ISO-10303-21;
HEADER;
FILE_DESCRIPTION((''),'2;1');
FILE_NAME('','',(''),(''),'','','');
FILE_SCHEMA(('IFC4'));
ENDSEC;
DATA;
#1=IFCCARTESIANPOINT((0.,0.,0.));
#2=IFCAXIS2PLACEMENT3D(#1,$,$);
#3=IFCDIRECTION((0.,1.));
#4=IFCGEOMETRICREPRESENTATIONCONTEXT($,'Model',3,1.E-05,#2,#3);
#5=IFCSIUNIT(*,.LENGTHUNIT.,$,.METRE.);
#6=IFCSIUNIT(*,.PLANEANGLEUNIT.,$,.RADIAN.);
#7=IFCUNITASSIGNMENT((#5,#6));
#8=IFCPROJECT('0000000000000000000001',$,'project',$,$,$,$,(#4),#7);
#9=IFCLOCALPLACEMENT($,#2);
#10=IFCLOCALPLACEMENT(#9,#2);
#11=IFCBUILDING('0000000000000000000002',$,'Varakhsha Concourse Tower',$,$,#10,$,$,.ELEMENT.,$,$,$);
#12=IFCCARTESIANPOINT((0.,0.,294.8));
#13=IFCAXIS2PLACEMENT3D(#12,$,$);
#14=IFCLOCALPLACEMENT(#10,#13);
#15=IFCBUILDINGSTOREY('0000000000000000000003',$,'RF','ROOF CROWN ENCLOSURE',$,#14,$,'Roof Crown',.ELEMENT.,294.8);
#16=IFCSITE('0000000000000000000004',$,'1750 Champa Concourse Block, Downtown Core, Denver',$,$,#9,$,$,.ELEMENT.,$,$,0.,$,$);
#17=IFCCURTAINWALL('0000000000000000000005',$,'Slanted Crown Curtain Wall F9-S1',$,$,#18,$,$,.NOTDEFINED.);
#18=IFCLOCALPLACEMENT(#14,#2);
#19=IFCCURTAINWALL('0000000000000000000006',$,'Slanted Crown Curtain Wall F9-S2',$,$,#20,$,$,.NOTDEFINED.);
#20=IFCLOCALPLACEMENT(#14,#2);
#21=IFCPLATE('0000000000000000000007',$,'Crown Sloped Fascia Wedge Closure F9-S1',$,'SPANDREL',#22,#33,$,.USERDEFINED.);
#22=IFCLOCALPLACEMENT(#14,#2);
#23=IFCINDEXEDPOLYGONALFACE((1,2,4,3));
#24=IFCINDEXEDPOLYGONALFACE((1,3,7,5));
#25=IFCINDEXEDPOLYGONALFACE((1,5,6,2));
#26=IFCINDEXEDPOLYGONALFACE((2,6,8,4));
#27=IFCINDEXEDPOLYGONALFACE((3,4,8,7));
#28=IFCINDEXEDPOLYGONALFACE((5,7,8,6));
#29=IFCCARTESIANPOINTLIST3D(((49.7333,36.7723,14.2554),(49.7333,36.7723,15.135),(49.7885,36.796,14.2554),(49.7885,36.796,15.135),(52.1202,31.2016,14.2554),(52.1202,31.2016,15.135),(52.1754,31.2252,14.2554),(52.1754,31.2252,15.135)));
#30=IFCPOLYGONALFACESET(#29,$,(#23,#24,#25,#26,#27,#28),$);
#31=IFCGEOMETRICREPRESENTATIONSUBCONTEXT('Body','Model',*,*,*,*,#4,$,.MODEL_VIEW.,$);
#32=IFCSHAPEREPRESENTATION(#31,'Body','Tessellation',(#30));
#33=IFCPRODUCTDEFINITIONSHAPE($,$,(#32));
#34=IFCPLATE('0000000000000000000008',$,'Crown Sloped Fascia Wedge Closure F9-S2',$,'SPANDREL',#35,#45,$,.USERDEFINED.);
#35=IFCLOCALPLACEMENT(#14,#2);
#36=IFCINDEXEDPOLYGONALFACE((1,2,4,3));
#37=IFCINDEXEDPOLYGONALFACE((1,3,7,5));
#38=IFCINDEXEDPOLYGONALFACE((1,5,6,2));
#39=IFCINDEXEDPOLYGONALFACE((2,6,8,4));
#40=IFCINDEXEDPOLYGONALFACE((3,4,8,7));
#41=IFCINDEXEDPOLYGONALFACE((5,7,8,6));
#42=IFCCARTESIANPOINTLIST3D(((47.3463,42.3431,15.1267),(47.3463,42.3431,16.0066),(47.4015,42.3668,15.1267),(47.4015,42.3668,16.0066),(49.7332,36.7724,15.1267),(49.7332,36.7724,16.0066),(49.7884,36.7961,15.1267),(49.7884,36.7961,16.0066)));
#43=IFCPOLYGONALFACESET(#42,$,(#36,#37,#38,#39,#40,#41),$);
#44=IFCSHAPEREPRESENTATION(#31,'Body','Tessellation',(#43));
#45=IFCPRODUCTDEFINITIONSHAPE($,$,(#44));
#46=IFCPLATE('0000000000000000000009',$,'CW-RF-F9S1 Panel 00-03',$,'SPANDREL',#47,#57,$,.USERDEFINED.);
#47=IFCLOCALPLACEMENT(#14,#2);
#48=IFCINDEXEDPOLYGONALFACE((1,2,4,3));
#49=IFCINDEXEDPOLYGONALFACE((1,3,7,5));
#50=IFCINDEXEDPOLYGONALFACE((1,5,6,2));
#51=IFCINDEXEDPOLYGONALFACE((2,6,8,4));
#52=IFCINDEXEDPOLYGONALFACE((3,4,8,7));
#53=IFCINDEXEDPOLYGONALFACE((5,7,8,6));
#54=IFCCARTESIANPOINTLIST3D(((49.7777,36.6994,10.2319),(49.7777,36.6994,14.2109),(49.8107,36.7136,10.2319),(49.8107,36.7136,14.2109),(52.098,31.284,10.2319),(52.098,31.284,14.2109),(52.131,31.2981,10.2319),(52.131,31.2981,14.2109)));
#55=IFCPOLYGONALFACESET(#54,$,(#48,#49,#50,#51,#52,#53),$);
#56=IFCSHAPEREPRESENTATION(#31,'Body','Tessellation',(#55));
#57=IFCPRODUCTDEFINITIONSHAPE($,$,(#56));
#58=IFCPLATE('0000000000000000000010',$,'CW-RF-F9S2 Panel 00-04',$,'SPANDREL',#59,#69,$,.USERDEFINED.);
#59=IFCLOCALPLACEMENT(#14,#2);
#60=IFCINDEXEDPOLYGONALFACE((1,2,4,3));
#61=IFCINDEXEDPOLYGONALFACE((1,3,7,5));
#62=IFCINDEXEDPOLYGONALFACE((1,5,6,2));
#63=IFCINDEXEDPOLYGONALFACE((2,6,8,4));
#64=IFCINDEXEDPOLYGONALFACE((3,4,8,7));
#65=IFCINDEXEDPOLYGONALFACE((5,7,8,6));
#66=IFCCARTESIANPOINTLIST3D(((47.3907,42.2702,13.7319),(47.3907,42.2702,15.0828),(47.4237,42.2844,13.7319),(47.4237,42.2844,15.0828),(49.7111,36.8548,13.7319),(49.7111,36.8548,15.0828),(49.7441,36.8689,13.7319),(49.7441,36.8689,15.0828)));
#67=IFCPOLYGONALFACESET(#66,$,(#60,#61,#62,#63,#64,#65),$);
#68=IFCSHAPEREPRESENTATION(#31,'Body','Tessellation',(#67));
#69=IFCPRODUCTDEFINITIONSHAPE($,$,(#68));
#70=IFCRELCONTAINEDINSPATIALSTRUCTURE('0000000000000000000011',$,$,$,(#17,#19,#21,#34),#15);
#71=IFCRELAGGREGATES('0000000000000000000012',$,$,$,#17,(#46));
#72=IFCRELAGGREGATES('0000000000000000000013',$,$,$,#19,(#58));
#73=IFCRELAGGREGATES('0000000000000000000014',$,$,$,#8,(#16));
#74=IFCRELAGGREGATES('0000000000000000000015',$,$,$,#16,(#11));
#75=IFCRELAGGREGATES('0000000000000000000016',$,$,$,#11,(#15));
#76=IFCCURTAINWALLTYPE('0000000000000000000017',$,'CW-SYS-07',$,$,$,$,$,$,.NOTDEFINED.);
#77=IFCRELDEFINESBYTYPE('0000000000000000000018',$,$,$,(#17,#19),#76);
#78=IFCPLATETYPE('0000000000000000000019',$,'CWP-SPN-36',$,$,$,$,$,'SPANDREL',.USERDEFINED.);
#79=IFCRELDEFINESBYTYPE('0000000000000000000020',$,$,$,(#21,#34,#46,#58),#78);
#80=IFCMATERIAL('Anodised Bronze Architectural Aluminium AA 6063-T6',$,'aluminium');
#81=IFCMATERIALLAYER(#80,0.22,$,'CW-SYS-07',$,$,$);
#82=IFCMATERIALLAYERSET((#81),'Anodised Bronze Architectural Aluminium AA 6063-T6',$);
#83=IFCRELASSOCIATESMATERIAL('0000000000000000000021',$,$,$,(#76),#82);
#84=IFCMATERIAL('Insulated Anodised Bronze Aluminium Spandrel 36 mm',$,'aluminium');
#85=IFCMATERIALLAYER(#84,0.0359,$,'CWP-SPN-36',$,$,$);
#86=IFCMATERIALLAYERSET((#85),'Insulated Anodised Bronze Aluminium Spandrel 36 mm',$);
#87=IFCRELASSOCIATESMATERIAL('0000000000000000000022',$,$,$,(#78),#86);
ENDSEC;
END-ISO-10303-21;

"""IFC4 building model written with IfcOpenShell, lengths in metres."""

from ifc_helpers import new_model, si_unit, direction, frame, origin, origin_2d, place, context, subcontext, project, spatial, rectangle, extrude, source, transform, mapped, material, layer, layer_set, type_object, element, aggregate, save


model = new_model("IFC4")

# Units and contexts
model_context = context("Model", 3, precision=1e-05, world=origin(), true_north=direction((0.0, 1.0)))
body_context = subcontext(model_context, "Body", "Model", "MODEL_VIEW")
ifc_project = project(units=[si_unit("LENGTHUNIT", "METRE"), si_unit("PLANEANGLEUNIT", "RADIAN")], contexts=[model_context])

# Site, building, storey
site_placement = place(None, origin())
site = spatial("IfcSite", under=ifc_project, at=site_placement, Name="1750 Champa Concourse Block, Downtown Core, Denver", CompositionType="ELEMENT", RefElevation=0.0)
building_placement = place(site_placement, origin())
building = spatial("IfcBuilding", under=site, at=building_placement, Name="Varakhsha Concourse Tower", CompositionType="ELEMENT")
storey_placement = place(building_placement, frame((0.0, 0.0, 294.8)))
storey = spatial("IfcBuildingStorey", under=building, at=storey_placement, Name="RF", Description="ROOF CROWN ENCLOSURE", LongName="Roof Crown", CompositionType="ELEMENT", Elevation=294.8)

# Curtain wall
ifc_material_1 = material(Name="Anodised Bronze Architectural Aluminium AA 6063-T6", Category="aluminium")
ifc_layer_1 = layer(ifc_material_1, 0.22, Name="CW-SYS-07")
ifc_layer_set_1 = layer_set([ifc_layer_1], Name="Anodised Bronze Architectural Aluminium AA 6063-T6")
curtain_wall_type = type_object("IfcCurtainWallType", Name="CW-SYS-07", PredefinedType="NOTDEFINED", material=ifc_layer_set_1)
curtain_wall_1_placement = place(storey_placement, origin())
curtain_wall_1 = element("IfcCurtainWall", 1, at=curtain_wall_1_placement, inside=storey, type_object=curtain_wall_type, Name="Slanted Crown Curtain Wall F9-S1", PredefinedType="NOTDEFINED")

# Curtain wall
curtain_wall_2_placement = place(storey_placement, origin())
curtain_wall_2 = element("IfcCurtainWall", 2, at=curtain_wall_2_placement, inside=storey, type_object=curtain_wall_type, Name="Slanted Crown Curtain Wall F9-S2", PredefinedType="NOTDEFINED")

# Shared definitions
ifc_material_2 = material(Name="Insulated Anodised Bronze Aluminium Spandrel 36 mm", Category="aluminium")
ifc_layer_2 = layer(ifc_material_2, 0.0359, Name="CWP-SPN-36")
ifc_layer_set_2 = layer_set([ifc_layer_2], Name="Insulated Anodised Bronze Aluminium Spandrel 36 mm")
plate_type_1 = type_object("IfcPlateType", Name="CWP-SPN-36", ElementType="SPANDREL", PredefinedType="USERDEFINED", material=ifc_layer_set_2)

# Plates
shared_shape_1 = source(origin(), body_context, "Body", "SweptSolid", [
    extrude(rectangle(XDim=6.0605, YDim=0.0601, at=origin_2d()), origin(), (0.0, 0.0, 1.0), 0.8796),
])
plate_1_placement = place(storey_placement, frame((50.9543, 33.9988, 14.2554), z_axis=(0.0, 0.0, 1.0), x_axis=(0.393846, -0.919177, 0.0)))
element("IfcPlate", 3, at=plate_1_placement, inside=storey, type_object=plate_type_1, Name="Crown Sloped Fascia Wedge Closure F9-S1", ObjectType="SPANDREL", PredefinedType="USERDEFINED", context=body_context, shape_type="MappedRepresentation", body=[
    mapped(shared_shape_1, transform((0.0, 0.0, 0.0), scale=1.0)),
])
shared_shape_2 = source(origin(), body_context, "Body", "SweptSolid", [
    extrude(rectangle(XDim=6.0605, YDim=0.0601, at=origin_2d()), origin(), (0.0, 0.0, 1.0), 0.8799),
])
plate_2_placement = place(storey_placement, frame((48.5674, 39.5696, 15.1267), z_axis=(0.0, 0.0, 1.0), x_axis=(0.393846, -0.919177, 0.0)))
element("IfcPlate", 4, at=plate_2_placement, inside=storey, type_object=plate_type_1, Name="Crown Sloped Fascia Wedge Closure F9-S2", ObjectType="SPANDREL", PredefinedType="USERDEFINED", context=body_context, shape_type="MappedRepresentation", body=[
    mapped(shared_shape_2, transform((0.0, 0.0, 0.0), scale=1.0)),
])

# Plates
shared_shape_3 = source(origin(), body_context, "Body", "SweptSolid", [
    extrude(rectangle(XDim=5.8916, YDim=0.0359, at=origin_2d()), origin(), (0.0, 0.0, 1.0), 3.979),
])
plate_3_placement = place(storey_placement, frame((50.9543, 33.9988, 10.2319), z_axis=(0.0, 0.0, 1.0), x_axis=(0.393841, -0.919179, 0.0)))
plate_3 = element("IfcPlate", 5, at=plate_3_placement, type_object=plate_type_1, Name="CW-RF-F9S1 Panel 00-03", ObjectType="SPANDREL", PredefinedType="USERDEFINED", context=body_context, shape_type="MappedRepresentation", body=[
    mapped(shared_shape_3, transform((0.0, 0.0, 0.0), scale=1.0)),
])
aggregate(curtain_wall_1, [plate_3])
shared_shape_4 = source(origin(), body_context, "Body", "SweptSolid", [
    extrude(rectangle(XDim=5.8916, YDim=0.0359, at=origin_2d()), origin(), (0.0, 0.0, 1.0), 1.3508),
])
plate_4_placement = place(storey_placement, frame((48.5674, 39.5696, 13.7319), z_axis=(0.0, 0.0, 1.0), x_axis=(0.393841, -0.919179, 0.0)))
plate_4 = element("IfcPlate", 6, at=plate_4_placement, type_object=plate_type_1, Name="CW-RF-F9S2 Panel 00-04", ObjectType="SPANDREL", PredefinedType="USERDEFINED", context=body_context, shape_type="MappedRepresentation", body=[
    mapped(shared_shape_4, transform((0.0, 0.0, 0.0), scale=1.0)),
])
aggregate(curtain_wall_2, [plate_4])

save(model, "model.ifc")
